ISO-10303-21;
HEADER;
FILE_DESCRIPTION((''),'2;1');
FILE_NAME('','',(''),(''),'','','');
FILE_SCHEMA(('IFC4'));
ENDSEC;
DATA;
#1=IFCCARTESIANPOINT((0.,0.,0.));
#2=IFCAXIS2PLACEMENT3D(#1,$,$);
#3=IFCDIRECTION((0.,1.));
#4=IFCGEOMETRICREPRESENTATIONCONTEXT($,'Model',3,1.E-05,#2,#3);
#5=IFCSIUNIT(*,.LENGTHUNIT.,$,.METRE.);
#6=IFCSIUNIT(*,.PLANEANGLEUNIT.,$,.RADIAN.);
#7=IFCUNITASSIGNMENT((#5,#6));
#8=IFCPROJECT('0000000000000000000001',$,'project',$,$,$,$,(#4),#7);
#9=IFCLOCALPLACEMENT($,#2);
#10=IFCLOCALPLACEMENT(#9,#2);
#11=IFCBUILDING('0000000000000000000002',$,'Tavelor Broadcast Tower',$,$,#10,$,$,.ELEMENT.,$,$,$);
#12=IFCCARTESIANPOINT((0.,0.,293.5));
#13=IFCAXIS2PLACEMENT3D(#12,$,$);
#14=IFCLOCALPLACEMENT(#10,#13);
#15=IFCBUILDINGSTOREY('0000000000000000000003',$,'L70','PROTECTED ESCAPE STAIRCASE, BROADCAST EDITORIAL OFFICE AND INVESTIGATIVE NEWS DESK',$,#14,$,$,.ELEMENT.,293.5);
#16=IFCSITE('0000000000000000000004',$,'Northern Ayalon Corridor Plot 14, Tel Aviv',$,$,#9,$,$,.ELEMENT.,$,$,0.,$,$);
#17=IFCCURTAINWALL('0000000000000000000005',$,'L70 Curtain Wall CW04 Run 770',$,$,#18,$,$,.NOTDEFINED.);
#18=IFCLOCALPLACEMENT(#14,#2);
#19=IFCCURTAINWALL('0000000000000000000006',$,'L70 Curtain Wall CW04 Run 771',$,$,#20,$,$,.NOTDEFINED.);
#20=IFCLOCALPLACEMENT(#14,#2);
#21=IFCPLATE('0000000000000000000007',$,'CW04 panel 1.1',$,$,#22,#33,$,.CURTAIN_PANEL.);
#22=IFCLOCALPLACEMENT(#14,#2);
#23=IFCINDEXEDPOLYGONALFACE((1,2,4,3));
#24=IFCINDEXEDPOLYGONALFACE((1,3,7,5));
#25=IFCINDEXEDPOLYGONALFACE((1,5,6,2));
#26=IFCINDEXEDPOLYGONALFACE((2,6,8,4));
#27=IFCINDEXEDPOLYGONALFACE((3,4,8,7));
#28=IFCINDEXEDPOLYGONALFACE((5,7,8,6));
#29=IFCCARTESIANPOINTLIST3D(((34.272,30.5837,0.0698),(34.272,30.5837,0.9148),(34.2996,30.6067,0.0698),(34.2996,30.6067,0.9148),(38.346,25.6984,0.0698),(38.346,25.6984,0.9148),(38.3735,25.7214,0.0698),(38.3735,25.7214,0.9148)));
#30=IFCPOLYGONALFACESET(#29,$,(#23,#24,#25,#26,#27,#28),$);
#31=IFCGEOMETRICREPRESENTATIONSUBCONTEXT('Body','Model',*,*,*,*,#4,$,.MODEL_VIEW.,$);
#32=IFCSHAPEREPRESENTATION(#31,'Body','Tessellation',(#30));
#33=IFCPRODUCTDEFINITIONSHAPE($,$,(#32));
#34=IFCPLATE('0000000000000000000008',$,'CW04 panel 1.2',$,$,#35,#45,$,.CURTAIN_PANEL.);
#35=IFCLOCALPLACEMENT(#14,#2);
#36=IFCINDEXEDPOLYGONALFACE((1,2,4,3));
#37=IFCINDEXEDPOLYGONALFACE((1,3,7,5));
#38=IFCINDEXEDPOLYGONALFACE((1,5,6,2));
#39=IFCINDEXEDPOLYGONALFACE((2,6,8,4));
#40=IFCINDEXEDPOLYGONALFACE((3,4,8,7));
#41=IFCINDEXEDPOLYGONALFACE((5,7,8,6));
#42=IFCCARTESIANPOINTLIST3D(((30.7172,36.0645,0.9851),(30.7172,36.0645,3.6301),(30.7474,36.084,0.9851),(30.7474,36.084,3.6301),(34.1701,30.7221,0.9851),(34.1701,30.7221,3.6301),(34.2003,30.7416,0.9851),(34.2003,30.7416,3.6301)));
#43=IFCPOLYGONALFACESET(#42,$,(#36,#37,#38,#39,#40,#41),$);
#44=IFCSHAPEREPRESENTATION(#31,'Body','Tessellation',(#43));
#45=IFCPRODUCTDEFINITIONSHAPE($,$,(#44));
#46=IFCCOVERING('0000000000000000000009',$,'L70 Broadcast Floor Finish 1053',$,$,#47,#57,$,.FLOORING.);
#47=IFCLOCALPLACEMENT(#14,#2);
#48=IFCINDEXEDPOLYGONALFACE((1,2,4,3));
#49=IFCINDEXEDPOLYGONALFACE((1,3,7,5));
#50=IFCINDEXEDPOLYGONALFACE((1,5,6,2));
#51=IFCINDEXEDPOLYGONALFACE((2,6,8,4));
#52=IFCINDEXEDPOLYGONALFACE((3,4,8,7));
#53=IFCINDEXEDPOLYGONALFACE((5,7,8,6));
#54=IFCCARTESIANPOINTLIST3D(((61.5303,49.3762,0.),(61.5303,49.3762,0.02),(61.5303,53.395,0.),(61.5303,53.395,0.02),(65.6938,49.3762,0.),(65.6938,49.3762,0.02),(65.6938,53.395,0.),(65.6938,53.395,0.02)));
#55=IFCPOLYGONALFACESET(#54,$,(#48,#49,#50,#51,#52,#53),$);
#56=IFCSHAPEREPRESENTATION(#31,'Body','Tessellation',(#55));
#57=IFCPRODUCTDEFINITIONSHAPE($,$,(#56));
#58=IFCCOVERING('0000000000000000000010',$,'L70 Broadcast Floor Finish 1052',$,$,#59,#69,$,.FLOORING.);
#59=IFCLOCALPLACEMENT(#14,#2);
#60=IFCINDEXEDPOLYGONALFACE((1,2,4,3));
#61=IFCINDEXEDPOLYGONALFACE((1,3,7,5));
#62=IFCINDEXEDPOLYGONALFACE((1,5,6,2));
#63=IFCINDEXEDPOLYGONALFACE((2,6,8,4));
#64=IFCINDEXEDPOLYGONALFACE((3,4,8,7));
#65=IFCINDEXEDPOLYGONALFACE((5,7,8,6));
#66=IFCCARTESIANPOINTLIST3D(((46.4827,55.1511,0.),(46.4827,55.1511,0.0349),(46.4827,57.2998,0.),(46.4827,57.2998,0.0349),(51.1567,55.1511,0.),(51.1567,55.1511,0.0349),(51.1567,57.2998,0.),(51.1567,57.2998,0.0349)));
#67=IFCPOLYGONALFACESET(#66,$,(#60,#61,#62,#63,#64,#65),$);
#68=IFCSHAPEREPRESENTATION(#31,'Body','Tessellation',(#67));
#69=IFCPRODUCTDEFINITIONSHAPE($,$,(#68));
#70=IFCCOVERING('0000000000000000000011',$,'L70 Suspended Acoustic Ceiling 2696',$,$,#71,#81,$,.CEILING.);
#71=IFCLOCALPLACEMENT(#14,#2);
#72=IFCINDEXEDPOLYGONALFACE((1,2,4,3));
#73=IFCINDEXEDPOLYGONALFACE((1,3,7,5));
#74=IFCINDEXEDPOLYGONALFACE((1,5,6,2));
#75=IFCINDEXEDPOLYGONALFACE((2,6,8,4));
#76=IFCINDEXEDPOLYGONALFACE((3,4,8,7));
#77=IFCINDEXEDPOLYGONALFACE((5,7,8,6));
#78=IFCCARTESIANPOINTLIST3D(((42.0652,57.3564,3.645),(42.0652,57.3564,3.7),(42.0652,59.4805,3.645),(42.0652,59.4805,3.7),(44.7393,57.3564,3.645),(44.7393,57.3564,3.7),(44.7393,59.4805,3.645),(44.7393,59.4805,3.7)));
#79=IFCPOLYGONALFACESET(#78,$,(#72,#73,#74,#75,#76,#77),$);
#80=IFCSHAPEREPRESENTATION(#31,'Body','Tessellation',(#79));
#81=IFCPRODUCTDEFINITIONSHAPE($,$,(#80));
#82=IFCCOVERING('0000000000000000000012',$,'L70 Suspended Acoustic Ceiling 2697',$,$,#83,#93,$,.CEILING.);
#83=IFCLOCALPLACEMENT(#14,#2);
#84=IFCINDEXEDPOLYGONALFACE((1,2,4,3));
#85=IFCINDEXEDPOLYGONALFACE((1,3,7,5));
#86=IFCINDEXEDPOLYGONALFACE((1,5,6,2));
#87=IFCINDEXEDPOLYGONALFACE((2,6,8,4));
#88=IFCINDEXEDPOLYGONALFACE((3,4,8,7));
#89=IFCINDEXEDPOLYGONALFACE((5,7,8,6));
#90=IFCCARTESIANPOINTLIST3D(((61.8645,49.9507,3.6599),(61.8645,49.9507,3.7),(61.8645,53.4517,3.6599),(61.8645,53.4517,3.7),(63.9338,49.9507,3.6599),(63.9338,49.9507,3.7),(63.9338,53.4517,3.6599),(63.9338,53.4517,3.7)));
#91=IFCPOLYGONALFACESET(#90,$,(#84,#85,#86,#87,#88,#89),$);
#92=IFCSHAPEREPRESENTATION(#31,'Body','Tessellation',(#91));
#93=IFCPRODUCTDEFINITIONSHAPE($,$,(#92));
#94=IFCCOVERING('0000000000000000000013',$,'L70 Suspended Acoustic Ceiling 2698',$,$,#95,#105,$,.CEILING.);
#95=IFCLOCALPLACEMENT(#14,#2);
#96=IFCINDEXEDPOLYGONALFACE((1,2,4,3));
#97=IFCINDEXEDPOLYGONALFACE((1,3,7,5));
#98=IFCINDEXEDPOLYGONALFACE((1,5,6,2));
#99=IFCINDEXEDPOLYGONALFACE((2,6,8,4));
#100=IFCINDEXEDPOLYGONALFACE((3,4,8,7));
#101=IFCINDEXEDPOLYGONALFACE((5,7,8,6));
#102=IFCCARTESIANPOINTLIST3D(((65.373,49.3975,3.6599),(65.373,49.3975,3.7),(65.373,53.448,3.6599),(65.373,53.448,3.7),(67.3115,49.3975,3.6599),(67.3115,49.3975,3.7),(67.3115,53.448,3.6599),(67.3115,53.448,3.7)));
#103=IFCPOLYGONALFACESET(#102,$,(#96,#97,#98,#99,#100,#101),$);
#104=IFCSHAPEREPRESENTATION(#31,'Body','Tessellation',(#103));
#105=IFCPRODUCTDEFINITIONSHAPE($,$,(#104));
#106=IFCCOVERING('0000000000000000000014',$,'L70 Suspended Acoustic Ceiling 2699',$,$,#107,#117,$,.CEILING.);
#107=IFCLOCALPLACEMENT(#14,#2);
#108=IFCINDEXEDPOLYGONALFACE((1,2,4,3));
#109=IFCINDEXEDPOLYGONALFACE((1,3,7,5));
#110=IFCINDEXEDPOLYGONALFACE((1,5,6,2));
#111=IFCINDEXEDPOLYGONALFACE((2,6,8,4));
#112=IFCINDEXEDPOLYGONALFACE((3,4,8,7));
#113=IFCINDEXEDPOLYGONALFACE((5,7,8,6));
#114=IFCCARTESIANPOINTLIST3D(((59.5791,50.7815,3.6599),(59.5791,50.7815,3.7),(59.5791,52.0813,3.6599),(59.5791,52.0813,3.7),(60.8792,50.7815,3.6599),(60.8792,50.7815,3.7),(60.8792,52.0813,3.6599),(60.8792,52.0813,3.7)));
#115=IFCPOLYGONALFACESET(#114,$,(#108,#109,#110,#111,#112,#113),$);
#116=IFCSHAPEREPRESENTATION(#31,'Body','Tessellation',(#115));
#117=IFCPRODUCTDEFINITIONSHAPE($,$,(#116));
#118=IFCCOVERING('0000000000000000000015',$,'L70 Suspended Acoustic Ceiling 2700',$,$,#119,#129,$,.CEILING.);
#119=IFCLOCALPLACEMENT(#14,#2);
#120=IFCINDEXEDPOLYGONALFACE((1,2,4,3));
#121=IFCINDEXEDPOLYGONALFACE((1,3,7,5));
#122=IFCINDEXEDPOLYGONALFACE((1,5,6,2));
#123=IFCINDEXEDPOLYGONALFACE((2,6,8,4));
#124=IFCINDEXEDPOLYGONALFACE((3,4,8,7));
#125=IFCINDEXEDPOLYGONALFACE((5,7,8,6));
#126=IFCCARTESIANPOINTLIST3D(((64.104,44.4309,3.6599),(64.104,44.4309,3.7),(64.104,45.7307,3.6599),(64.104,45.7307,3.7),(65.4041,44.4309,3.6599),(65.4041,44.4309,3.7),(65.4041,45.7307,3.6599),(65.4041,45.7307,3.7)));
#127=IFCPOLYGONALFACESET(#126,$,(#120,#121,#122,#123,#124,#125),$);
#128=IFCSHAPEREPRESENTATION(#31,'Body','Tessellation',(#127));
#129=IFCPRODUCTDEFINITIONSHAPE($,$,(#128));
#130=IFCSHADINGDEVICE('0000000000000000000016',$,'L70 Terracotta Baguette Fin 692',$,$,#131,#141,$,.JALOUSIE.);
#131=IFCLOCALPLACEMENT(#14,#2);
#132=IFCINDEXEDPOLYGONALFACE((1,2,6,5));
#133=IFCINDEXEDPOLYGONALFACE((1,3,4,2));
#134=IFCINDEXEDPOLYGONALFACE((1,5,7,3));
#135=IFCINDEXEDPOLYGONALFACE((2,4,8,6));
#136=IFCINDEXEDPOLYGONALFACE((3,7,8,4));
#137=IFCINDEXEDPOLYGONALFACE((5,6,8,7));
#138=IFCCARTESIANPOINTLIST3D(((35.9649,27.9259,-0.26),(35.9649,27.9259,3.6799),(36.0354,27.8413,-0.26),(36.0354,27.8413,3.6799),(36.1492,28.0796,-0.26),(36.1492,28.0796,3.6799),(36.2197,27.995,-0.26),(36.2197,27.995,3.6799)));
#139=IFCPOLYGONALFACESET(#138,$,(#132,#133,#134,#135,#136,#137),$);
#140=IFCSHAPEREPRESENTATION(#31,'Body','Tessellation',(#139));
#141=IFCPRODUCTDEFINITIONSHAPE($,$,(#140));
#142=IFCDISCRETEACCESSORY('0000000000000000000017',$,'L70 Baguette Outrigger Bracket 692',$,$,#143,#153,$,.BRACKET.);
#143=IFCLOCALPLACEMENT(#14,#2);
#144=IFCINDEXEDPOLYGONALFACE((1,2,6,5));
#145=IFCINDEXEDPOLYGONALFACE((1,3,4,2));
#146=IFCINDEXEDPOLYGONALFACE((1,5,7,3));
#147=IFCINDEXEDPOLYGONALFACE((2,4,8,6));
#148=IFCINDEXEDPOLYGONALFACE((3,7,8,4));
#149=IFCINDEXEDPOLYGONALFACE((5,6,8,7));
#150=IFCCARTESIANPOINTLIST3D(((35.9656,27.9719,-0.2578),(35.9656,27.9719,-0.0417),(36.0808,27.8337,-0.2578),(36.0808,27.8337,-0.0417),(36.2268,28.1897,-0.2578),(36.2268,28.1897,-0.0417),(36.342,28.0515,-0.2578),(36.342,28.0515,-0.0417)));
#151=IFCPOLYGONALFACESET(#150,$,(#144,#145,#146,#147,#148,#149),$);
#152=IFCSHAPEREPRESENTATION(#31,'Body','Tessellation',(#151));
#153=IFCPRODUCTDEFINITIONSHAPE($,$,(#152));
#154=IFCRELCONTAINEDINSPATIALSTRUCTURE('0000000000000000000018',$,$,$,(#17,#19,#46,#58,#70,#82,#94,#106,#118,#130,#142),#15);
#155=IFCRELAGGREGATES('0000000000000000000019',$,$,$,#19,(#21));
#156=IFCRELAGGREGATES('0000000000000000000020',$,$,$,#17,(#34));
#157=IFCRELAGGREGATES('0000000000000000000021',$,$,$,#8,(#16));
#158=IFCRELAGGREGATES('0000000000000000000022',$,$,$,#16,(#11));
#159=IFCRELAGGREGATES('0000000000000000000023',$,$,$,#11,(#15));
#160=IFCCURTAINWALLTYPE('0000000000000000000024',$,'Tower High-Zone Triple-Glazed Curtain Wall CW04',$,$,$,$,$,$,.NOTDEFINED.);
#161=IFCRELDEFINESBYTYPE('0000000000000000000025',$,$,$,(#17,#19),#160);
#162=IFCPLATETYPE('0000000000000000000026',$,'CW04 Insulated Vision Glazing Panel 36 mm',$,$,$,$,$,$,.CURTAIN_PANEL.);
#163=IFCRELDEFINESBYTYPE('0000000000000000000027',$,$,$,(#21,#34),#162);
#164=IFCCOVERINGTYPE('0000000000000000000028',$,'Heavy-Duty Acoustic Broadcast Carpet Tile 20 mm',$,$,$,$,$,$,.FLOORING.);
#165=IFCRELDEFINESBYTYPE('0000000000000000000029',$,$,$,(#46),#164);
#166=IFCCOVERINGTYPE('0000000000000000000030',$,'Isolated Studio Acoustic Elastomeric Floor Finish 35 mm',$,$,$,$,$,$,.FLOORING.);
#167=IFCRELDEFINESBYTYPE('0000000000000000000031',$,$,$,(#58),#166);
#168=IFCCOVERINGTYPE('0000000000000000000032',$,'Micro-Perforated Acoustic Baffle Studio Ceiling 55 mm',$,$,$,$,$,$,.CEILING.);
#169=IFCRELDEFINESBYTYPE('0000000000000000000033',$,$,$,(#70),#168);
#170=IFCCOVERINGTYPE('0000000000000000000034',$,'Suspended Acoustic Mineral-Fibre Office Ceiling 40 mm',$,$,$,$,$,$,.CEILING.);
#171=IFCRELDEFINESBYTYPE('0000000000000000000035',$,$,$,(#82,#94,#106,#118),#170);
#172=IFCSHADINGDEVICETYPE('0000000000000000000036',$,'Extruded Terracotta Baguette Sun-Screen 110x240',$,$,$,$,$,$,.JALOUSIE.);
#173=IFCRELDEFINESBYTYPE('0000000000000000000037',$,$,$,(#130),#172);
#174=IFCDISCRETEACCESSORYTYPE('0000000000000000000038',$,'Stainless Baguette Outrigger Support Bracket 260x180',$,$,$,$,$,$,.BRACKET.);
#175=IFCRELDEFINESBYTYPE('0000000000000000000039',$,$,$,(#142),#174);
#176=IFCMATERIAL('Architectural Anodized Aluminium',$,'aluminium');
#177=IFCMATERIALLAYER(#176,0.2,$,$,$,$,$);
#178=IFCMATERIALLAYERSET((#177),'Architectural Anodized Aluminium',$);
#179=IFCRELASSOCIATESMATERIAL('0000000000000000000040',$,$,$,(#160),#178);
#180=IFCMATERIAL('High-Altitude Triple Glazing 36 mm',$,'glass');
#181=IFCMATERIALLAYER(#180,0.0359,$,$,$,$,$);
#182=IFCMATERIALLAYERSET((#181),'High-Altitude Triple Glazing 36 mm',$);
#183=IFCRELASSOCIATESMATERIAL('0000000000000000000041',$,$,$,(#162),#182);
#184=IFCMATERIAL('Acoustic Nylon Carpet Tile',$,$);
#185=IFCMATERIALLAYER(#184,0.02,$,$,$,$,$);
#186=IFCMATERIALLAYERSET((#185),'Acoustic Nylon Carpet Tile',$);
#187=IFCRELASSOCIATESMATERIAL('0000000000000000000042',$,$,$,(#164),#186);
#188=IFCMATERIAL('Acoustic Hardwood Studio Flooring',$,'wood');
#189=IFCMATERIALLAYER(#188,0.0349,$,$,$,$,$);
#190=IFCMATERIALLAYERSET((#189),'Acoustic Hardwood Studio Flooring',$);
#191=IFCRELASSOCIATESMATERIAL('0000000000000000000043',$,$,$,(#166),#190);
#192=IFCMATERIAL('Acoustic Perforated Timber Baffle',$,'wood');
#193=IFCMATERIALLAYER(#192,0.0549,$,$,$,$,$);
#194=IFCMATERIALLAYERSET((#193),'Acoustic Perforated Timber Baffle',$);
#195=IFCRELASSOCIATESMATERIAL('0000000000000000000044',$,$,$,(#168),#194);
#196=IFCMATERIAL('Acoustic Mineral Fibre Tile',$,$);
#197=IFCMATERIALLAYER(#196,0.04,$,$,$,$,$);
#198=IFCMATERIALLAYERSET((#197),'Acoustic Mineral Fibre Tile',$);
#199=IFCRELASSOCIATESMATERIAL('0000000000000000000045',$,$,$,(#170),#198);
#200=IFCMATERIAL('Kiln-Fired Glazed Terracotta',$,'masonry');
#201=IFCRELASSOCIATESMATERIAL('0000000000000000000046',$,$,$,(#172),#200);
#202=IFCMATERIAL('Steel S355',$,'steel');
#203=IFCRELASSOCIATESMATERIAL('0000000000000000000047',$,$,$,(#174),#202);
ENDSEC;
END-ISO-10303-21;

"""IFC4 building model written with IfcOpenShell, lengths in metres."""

from ifc_helpers import new_model, si_unit, direction, frame, origin, origin_2d, place, context, subcontext, project, spatial, polyline, rectangle, outline, extrude, source, transform, mapped, material, layer, layer_set, type_object, type_shapes, element, aggregate, save


model = new_model("IFC4")

# Units and contexts
model_context = context("Model", 3, precision=1e-05, world=origin(), true_north=direction((0.0, 1.0)))
body_context = subcontext(model_context, "Body", "Model", "MODEL_VIEW")
ifc_project = project(units=[si_unit("LENGTHUNIT", "METRE"), si_unit("PLANEANGLEUNIT", "RADIAN")], contexts=[model_context])

# Site, building, storey
site_placement = place(None, origin())
site = spatial("IfcSite", under=ifc_project, at=site_placement, Name="Northern Ayalon Corridor Plot 14, Tel Aviv", CompositionType="ELEMENT", RefElevation=0.0)
building_placement = place(site_placement, origin())
building = spatial("IfcBuilding", under=site, at=building_placement, Name="Tavelor Broadcast Tower", CompositionType="ELEMENT")
storey_placement = place(building_placement, frame((0.0, 0.0, 293.5)))
storey = spatial("IfcBuildingStorey", under=building, at=storey_placement, Name="L70", Description="PROTECTED ESCAPE STAIRCASE, BROADCAST EDITORIAL OFFICE AND INVESTIGATIVE NEWS DESK", CompositionType="ELEMENT", Elevation=293.5)

# Shared definitions
ifc_material_1 = material(Name="Architectural Anodized Aluminium", Category="aluminium")
ifc_layer_1 = layer(ifc_material_1, 0.2)
ifc_layer_set_1 = layer_set([ifc_layer_1], Name="Architectural Anodized Aluminium")
curtain_wall_type = type_object("IfcCurtainWallType", Name="Tower High-Zone Triple-Glazed Curtain Wall CW04", PredefinedType="NOTDEFINED", material=ifc_layer_set_1)

# Curtain wall
curtain_wall_1_placement = place(storey_placement, origin())
curtain_wall_1 = element("IfcCurtainWall", 1, at=curtain_wall_1_placement, inside=storey, type_object=curtain_wall_type, Name="L70 Curtain Wall CW04 Run 770", PredefinedType="NOTDEFINED")

# Curtain wall
curtain_wall_2_placement = place(storey_placement, origin())
curtain_wall_2 = element("IfcCurtainWall", 2, at=curtain_wall_2_placement, inside=storey, type_object=curtain_wall_type, Name="L70 Curtain Wall CW04 Run 771", PredefinedType="NOTDEFINED")

# Plates
ifc_material_2 = material(Name="High-Altitude Triple Glazing 36 mm", Category="glass")
ifc_layer_2 = layer(ifc_material_2, 0.0359)
ifc_layer_set_2 = layer_set([ifc_layer_2], Name="High-Altitude Triple Glazing 36 mm")
plate_type = type_object("IfcPlateType", Name="CW04 Insulated Vision Glazing Panel 36 mm", PredefinedType="CURTAIN_PANEL", material=ifc_layer_set_2)
shared_shape_1 = source(origin(), body_context, "Body", "SweptSolid", [
    extrude(rectangle(XDim=6.3611, YDim=0.0359, at=origin_2d()), origin(), (0.0, 0.0, 1.0), 0.845),
])
plate_1_placement = place(storey_placement, frame((36.3228, 28.1526, 0.0698), z_axis=(0.0, 0.0, 1.0), x_axis=(0.640451, -0.767999, 0.0)))
plate_1 = element("IfcPlate", 3, at=plate_1_placement, type_object=plate_type, Name="CW04 panel 1.1", PredefinedType="CURTAIN_PANEL", context=body_context, shape_type="MappedRepresentation", body=[
    mapped(shared_shape_1, transform((0.0, 0.0, 0.0), scale=1.0)),
])
aggregate(curtain_wall_2, [plate_1])
shared_shape_2 = source(origin(), body_context, "Body", "SweptSolid", [
    extrude(rectangle(XDim=6.3611, YDim=0.0359, at=origin_2d()), origin(), (0.0, 0.0, 1.0), 2.645),
])
type_shapes(plate_type, [shared_shape_1, shared_shape_2])
plate_2_placement = place(storey_placement, frame((32.4587, 33.4031, 0.9851), z_axis=(0.0, 0.0, 1.0), x_axis=(0.542813, -0.839854, 0.0)))
plate_2 = element("IfcPlate", 4, at=plate_2_placement, type_object=plate_type, Name="CW04 panel 1.2", PredefinedType="CURTAIN_PANEL", context=body_context, shape_type="MappedRepresentation", body=[
    mapped(shared_shape_2, transform((0.0, 0.0, 0.0), scale=1.0)),
])
aggregate(curtain_wall_1, [plate_2])

# Coverings
ifc_material_3 = material(Name="Acoustic Nylon Carpet Tile")
ifc_layer_3 = layer(ifc_material_3, 0.02)
ifc_layer_set_3 = layer_set([ifc_layer_3], Name="Acoustic Nylon Carpet Tile")
covering_type_1 = type_object("IfcCoveringType", Name="Heavy-Duty Acoustic Broadcast Carpet Tile 20 mm", PredefinedType="FLOORING", material=ifc_layer_set_3)
covering_1_placement = place(storey_placement, origin())
element("IfcCovering", 5, at=covering_1_placement, inside=storey, type_object=covering_type_1, Name="L70 Broadcast Floor Finish 1053", PredefinedType="FLOORING", context=body_context, shape_type="SweptSolid", body=[
    extrude(outline(polyline([(61.5303, 49.3762), (65.6938, 49.3762), (65.6938, 53.395), (61.5303, 53.395), (61.5303, 49.3762)])), origin(), (0.0, 0.0, 1.0), 0.02),
])
ifc_material_4 = material(Name="Acoustic Hardwood Studio Flooring", Category="wood")
ifc_layer_4 = layer(ifc_material_4, 0.0349)
ifc_layer_set_4 = layer_set([ifc_layer_4], Name="Acoustic Hardwood Studio Flooring")
covering_type_2 = type_object("IfcCoveringType", Name="Isolated Studio Acoustic Elastomeric Floor Finish 35 mm", PredefinedType="FLOORING", material=ifc_layer_set_4)
covering_2_placement = place(storey_placement, origin())
element("IfcCovering", 6, at=covering_2_placement, inside=storey, type_object=covering_type_2, Name="L70 Broadcast Floor Finish 1052", PredefinedType="FLOORING", context=body_context, shape_type="SweptSolid", body=[
    extrude(outline(polyline([(46.4827, 55.1511), (51.1567, 55.1511), (51.1567, 57.2998), (46.4827, 57.2998), (46.4827, 55.1511)])), origin(), (0.0, 0.0, 1.0), 0.0349),
])
ifc_material_5 = material(Name="Acoustic Perforated Timber Baffle", Category="wood")
ifc_layer_5 = layer(ifc_material_5, 0.0549)
ifc_layer_set_5 = layer_set([ifc_layer_5], Name="Acoustic Perforated Timber Baffle")
covering_type_3 = type_object("IfcCoveringType", Name="Micro-Perforated Acoustic Baffle Studio Ceiling 55 mm", PredefinedType="CEILING", material=ifc_layer_set_5)
covering_3_placement = place(storey_placement, frame((0.0, 0.0, 3.645)))
element("IfcCovering", 7, at=covering_3_placement, inside=storey, type_object=covering_type_3, Name="L70 Suspended Acoustic Ceiling 2696", PredefinedType="CEILING", context=body_context, shape_type="SweptSolid", body=[
    extrude(outline(polyline([(42.0652, 57.3564), (44.7393, 57.3564), (44.7393, 59.4805), (42.0652, 59.4805), (42.0652, 57.3564)])), origin(), (0.0, 0.0, 1.0), 0.0549),
])
ifc_material_6 = material(Name="Acoustic Mineral Fibre Tile")
ifc_layer_6 = layer(ifc_material_6, 0.04)
ifc_layer_set_6 = layer_set([ifc_layer_6], Name="Acoustic Mineral Fibre Tile")
covering_type_4 = type_object("IfcCoveringType", Name="Suspended Acoustic Mineral-Fibre Office Ceiling 40 mm", PredefinedType="CEILING", material=ifc_layer_set_6)
covering_4_placement = place(storey_placement, frame((0.0, 0.0, 3.6599)))
element("IfcCovering", 8, at=covering_4_placement, inside=storey, type_object=covering_type_4, Name="L70 Suspended Acoustic Ceiling 2697", PredefinedType="CEILING", context=body_context, shape_type="SweptSolid", body=[
    extrude(outline(polyline([(61.8645, 49.9507), (63.9338, 49.9507), (63.9338, 53.4517), (61.8645, 53.4517), (61.8645, 49.9507)])), origin(), (0.0, 0.0, 1.0), 0.04),
])
covering_5_placement = place(storey_placement, frame((0.0, 0.0, 3.6599)))
element("IfcCovering", 9, at=covering_5_placement, inside=storey, type_object=covering_type_4, Name="L70 Suspended Acoustic Ceiling 2698", PredefinedType="CEILING", context=body_context, shape_type="SweptSolid", body=[
    extrude(outline(polyline([(65.373, 49.3975), (67.3115, 49.3975), (67.3115, 53.448), (65.373, 53.448), (65.373, 49.3975)])), origin(), (0.0, 0.0, 1.0), 0.04),
])
covering_6_placement = place(storey_placement, frame((0.0, 0.0, 3.6599)))
element("IfcCovering", 10, at=covering_6_placement, inside=storey, type_object=covering_type_4, Name="L70 Suspended Acoustic Ceiling 2699", PredefinedType="CEILING", context=body_context, shape_type="SweptSolid", body=[
    extrude(outline(polyline([(59.5791, 50.7815), (60.8792, 50.7815), (60.8792, 52.0813), (59.5791, 52.0813), (59.5791, 50.7815)])), origin(), (0.0, 0.0, 1.0), 0.04),
])
covering_7_placement = place(storey_placement, frame((0.0, 0.0, 3.6599)))
element("IfcCovering", 11, at=covering_7_placement, inside=storey, type_object=covering_type_4, Name="L70 Suspended Acoustic Ceiling 2700", PredefinedType="CEILING", context=body_context, shape_type="SweptSolid", body=[
    extrude(outline(polyline([(64.104, 44.4309), (65.4041, 44.4309), (65.4041, 45.7307), (64.104, 45.7307), (64.104, 44.4309)])), origin(), (0.0, 0.0, 1.0), 0.04),
])

# Shading device
ifc_material_7 = material(Name="Kiln-Fired Glazed Terracotta", Category="masonry")
shading_device_type = type_object("IfcShadingDeviceType", Name="Extruded Terracotta Baguette Sun-Screen 110x240", PredefinedType="JALOUSIE", material=ifc_material_7)
shared_shape_3 = source(origin(), body_context, "Body", "SweptSolid", [
    extrude(rectangle(XDim=0.1101, YDim=0.24, at=origin_2d()), origin(), (0.0, 0.0, 1.0), 3.9399),
])
type_shapes(shading_device_type, [shared_shape_3])
shading_device_placement = place(storey_placement, frame((36.0923, 27.9604, -0.26), z_axis=(0.0, 0.0, 1.0), x_axis=(0.640512, -0.767948, 0.0)))
element("IfcShadingDevice", 12, at=shading_device_placement, inside=storey, type_object=shading_device_type, Name="L70 Terracotta Baguette Fin 692", PredefinedType="JALOUSIE", context=body_context, shape_type="MappedRepresentation", body=[
    mapped(shared_shape_3, transform((0.0, 0.0, 0.0), scale=1.0)),
])

# Discrete accessory
ifc_material_8 = material(Name="Steel S355", Category="steel")
discrete_accessory_type = type_object("IfcDiscreteAccessoryType", Name="Stainless Baguette Outrigger Support Bracket 260x180", PredefinedType="BRACKET", material=ifc_material_8)
shared_shape_4 = source(origin(), body_context, "Body", "SweptSolid", [
    extrude(rectangle(XDim=0.1799, YDim=0.3401, at=origin_2d()), origin(), (0.0, 0.0, 1.0), 0.2161),
])
type_shapes(discrete_accessory_type, [shared_shape_4])
discrete_accessory_placement = place(storey_placement, frame((36.1538, 28.0117, -0.2578), z_axis=(0.0, 0.0, 1.0), x_axis=(0.640512, -0.767948, 0.0)))
element("IfcDiscreteAccessory", 13, at=discrete_accessory_placement, inside=storey, type_object=discrete_accessory_type, Name="L70 Baguette Outrigger Bracket 692", PredefinedType="BRACKET", context=body_context, shape_type="MappedRepresentation", body=[
    mapped(shared_shape_4, transform((0.0, 0.0, 0.0), scale=1.0)),
])

save(model, "model.ifc")
